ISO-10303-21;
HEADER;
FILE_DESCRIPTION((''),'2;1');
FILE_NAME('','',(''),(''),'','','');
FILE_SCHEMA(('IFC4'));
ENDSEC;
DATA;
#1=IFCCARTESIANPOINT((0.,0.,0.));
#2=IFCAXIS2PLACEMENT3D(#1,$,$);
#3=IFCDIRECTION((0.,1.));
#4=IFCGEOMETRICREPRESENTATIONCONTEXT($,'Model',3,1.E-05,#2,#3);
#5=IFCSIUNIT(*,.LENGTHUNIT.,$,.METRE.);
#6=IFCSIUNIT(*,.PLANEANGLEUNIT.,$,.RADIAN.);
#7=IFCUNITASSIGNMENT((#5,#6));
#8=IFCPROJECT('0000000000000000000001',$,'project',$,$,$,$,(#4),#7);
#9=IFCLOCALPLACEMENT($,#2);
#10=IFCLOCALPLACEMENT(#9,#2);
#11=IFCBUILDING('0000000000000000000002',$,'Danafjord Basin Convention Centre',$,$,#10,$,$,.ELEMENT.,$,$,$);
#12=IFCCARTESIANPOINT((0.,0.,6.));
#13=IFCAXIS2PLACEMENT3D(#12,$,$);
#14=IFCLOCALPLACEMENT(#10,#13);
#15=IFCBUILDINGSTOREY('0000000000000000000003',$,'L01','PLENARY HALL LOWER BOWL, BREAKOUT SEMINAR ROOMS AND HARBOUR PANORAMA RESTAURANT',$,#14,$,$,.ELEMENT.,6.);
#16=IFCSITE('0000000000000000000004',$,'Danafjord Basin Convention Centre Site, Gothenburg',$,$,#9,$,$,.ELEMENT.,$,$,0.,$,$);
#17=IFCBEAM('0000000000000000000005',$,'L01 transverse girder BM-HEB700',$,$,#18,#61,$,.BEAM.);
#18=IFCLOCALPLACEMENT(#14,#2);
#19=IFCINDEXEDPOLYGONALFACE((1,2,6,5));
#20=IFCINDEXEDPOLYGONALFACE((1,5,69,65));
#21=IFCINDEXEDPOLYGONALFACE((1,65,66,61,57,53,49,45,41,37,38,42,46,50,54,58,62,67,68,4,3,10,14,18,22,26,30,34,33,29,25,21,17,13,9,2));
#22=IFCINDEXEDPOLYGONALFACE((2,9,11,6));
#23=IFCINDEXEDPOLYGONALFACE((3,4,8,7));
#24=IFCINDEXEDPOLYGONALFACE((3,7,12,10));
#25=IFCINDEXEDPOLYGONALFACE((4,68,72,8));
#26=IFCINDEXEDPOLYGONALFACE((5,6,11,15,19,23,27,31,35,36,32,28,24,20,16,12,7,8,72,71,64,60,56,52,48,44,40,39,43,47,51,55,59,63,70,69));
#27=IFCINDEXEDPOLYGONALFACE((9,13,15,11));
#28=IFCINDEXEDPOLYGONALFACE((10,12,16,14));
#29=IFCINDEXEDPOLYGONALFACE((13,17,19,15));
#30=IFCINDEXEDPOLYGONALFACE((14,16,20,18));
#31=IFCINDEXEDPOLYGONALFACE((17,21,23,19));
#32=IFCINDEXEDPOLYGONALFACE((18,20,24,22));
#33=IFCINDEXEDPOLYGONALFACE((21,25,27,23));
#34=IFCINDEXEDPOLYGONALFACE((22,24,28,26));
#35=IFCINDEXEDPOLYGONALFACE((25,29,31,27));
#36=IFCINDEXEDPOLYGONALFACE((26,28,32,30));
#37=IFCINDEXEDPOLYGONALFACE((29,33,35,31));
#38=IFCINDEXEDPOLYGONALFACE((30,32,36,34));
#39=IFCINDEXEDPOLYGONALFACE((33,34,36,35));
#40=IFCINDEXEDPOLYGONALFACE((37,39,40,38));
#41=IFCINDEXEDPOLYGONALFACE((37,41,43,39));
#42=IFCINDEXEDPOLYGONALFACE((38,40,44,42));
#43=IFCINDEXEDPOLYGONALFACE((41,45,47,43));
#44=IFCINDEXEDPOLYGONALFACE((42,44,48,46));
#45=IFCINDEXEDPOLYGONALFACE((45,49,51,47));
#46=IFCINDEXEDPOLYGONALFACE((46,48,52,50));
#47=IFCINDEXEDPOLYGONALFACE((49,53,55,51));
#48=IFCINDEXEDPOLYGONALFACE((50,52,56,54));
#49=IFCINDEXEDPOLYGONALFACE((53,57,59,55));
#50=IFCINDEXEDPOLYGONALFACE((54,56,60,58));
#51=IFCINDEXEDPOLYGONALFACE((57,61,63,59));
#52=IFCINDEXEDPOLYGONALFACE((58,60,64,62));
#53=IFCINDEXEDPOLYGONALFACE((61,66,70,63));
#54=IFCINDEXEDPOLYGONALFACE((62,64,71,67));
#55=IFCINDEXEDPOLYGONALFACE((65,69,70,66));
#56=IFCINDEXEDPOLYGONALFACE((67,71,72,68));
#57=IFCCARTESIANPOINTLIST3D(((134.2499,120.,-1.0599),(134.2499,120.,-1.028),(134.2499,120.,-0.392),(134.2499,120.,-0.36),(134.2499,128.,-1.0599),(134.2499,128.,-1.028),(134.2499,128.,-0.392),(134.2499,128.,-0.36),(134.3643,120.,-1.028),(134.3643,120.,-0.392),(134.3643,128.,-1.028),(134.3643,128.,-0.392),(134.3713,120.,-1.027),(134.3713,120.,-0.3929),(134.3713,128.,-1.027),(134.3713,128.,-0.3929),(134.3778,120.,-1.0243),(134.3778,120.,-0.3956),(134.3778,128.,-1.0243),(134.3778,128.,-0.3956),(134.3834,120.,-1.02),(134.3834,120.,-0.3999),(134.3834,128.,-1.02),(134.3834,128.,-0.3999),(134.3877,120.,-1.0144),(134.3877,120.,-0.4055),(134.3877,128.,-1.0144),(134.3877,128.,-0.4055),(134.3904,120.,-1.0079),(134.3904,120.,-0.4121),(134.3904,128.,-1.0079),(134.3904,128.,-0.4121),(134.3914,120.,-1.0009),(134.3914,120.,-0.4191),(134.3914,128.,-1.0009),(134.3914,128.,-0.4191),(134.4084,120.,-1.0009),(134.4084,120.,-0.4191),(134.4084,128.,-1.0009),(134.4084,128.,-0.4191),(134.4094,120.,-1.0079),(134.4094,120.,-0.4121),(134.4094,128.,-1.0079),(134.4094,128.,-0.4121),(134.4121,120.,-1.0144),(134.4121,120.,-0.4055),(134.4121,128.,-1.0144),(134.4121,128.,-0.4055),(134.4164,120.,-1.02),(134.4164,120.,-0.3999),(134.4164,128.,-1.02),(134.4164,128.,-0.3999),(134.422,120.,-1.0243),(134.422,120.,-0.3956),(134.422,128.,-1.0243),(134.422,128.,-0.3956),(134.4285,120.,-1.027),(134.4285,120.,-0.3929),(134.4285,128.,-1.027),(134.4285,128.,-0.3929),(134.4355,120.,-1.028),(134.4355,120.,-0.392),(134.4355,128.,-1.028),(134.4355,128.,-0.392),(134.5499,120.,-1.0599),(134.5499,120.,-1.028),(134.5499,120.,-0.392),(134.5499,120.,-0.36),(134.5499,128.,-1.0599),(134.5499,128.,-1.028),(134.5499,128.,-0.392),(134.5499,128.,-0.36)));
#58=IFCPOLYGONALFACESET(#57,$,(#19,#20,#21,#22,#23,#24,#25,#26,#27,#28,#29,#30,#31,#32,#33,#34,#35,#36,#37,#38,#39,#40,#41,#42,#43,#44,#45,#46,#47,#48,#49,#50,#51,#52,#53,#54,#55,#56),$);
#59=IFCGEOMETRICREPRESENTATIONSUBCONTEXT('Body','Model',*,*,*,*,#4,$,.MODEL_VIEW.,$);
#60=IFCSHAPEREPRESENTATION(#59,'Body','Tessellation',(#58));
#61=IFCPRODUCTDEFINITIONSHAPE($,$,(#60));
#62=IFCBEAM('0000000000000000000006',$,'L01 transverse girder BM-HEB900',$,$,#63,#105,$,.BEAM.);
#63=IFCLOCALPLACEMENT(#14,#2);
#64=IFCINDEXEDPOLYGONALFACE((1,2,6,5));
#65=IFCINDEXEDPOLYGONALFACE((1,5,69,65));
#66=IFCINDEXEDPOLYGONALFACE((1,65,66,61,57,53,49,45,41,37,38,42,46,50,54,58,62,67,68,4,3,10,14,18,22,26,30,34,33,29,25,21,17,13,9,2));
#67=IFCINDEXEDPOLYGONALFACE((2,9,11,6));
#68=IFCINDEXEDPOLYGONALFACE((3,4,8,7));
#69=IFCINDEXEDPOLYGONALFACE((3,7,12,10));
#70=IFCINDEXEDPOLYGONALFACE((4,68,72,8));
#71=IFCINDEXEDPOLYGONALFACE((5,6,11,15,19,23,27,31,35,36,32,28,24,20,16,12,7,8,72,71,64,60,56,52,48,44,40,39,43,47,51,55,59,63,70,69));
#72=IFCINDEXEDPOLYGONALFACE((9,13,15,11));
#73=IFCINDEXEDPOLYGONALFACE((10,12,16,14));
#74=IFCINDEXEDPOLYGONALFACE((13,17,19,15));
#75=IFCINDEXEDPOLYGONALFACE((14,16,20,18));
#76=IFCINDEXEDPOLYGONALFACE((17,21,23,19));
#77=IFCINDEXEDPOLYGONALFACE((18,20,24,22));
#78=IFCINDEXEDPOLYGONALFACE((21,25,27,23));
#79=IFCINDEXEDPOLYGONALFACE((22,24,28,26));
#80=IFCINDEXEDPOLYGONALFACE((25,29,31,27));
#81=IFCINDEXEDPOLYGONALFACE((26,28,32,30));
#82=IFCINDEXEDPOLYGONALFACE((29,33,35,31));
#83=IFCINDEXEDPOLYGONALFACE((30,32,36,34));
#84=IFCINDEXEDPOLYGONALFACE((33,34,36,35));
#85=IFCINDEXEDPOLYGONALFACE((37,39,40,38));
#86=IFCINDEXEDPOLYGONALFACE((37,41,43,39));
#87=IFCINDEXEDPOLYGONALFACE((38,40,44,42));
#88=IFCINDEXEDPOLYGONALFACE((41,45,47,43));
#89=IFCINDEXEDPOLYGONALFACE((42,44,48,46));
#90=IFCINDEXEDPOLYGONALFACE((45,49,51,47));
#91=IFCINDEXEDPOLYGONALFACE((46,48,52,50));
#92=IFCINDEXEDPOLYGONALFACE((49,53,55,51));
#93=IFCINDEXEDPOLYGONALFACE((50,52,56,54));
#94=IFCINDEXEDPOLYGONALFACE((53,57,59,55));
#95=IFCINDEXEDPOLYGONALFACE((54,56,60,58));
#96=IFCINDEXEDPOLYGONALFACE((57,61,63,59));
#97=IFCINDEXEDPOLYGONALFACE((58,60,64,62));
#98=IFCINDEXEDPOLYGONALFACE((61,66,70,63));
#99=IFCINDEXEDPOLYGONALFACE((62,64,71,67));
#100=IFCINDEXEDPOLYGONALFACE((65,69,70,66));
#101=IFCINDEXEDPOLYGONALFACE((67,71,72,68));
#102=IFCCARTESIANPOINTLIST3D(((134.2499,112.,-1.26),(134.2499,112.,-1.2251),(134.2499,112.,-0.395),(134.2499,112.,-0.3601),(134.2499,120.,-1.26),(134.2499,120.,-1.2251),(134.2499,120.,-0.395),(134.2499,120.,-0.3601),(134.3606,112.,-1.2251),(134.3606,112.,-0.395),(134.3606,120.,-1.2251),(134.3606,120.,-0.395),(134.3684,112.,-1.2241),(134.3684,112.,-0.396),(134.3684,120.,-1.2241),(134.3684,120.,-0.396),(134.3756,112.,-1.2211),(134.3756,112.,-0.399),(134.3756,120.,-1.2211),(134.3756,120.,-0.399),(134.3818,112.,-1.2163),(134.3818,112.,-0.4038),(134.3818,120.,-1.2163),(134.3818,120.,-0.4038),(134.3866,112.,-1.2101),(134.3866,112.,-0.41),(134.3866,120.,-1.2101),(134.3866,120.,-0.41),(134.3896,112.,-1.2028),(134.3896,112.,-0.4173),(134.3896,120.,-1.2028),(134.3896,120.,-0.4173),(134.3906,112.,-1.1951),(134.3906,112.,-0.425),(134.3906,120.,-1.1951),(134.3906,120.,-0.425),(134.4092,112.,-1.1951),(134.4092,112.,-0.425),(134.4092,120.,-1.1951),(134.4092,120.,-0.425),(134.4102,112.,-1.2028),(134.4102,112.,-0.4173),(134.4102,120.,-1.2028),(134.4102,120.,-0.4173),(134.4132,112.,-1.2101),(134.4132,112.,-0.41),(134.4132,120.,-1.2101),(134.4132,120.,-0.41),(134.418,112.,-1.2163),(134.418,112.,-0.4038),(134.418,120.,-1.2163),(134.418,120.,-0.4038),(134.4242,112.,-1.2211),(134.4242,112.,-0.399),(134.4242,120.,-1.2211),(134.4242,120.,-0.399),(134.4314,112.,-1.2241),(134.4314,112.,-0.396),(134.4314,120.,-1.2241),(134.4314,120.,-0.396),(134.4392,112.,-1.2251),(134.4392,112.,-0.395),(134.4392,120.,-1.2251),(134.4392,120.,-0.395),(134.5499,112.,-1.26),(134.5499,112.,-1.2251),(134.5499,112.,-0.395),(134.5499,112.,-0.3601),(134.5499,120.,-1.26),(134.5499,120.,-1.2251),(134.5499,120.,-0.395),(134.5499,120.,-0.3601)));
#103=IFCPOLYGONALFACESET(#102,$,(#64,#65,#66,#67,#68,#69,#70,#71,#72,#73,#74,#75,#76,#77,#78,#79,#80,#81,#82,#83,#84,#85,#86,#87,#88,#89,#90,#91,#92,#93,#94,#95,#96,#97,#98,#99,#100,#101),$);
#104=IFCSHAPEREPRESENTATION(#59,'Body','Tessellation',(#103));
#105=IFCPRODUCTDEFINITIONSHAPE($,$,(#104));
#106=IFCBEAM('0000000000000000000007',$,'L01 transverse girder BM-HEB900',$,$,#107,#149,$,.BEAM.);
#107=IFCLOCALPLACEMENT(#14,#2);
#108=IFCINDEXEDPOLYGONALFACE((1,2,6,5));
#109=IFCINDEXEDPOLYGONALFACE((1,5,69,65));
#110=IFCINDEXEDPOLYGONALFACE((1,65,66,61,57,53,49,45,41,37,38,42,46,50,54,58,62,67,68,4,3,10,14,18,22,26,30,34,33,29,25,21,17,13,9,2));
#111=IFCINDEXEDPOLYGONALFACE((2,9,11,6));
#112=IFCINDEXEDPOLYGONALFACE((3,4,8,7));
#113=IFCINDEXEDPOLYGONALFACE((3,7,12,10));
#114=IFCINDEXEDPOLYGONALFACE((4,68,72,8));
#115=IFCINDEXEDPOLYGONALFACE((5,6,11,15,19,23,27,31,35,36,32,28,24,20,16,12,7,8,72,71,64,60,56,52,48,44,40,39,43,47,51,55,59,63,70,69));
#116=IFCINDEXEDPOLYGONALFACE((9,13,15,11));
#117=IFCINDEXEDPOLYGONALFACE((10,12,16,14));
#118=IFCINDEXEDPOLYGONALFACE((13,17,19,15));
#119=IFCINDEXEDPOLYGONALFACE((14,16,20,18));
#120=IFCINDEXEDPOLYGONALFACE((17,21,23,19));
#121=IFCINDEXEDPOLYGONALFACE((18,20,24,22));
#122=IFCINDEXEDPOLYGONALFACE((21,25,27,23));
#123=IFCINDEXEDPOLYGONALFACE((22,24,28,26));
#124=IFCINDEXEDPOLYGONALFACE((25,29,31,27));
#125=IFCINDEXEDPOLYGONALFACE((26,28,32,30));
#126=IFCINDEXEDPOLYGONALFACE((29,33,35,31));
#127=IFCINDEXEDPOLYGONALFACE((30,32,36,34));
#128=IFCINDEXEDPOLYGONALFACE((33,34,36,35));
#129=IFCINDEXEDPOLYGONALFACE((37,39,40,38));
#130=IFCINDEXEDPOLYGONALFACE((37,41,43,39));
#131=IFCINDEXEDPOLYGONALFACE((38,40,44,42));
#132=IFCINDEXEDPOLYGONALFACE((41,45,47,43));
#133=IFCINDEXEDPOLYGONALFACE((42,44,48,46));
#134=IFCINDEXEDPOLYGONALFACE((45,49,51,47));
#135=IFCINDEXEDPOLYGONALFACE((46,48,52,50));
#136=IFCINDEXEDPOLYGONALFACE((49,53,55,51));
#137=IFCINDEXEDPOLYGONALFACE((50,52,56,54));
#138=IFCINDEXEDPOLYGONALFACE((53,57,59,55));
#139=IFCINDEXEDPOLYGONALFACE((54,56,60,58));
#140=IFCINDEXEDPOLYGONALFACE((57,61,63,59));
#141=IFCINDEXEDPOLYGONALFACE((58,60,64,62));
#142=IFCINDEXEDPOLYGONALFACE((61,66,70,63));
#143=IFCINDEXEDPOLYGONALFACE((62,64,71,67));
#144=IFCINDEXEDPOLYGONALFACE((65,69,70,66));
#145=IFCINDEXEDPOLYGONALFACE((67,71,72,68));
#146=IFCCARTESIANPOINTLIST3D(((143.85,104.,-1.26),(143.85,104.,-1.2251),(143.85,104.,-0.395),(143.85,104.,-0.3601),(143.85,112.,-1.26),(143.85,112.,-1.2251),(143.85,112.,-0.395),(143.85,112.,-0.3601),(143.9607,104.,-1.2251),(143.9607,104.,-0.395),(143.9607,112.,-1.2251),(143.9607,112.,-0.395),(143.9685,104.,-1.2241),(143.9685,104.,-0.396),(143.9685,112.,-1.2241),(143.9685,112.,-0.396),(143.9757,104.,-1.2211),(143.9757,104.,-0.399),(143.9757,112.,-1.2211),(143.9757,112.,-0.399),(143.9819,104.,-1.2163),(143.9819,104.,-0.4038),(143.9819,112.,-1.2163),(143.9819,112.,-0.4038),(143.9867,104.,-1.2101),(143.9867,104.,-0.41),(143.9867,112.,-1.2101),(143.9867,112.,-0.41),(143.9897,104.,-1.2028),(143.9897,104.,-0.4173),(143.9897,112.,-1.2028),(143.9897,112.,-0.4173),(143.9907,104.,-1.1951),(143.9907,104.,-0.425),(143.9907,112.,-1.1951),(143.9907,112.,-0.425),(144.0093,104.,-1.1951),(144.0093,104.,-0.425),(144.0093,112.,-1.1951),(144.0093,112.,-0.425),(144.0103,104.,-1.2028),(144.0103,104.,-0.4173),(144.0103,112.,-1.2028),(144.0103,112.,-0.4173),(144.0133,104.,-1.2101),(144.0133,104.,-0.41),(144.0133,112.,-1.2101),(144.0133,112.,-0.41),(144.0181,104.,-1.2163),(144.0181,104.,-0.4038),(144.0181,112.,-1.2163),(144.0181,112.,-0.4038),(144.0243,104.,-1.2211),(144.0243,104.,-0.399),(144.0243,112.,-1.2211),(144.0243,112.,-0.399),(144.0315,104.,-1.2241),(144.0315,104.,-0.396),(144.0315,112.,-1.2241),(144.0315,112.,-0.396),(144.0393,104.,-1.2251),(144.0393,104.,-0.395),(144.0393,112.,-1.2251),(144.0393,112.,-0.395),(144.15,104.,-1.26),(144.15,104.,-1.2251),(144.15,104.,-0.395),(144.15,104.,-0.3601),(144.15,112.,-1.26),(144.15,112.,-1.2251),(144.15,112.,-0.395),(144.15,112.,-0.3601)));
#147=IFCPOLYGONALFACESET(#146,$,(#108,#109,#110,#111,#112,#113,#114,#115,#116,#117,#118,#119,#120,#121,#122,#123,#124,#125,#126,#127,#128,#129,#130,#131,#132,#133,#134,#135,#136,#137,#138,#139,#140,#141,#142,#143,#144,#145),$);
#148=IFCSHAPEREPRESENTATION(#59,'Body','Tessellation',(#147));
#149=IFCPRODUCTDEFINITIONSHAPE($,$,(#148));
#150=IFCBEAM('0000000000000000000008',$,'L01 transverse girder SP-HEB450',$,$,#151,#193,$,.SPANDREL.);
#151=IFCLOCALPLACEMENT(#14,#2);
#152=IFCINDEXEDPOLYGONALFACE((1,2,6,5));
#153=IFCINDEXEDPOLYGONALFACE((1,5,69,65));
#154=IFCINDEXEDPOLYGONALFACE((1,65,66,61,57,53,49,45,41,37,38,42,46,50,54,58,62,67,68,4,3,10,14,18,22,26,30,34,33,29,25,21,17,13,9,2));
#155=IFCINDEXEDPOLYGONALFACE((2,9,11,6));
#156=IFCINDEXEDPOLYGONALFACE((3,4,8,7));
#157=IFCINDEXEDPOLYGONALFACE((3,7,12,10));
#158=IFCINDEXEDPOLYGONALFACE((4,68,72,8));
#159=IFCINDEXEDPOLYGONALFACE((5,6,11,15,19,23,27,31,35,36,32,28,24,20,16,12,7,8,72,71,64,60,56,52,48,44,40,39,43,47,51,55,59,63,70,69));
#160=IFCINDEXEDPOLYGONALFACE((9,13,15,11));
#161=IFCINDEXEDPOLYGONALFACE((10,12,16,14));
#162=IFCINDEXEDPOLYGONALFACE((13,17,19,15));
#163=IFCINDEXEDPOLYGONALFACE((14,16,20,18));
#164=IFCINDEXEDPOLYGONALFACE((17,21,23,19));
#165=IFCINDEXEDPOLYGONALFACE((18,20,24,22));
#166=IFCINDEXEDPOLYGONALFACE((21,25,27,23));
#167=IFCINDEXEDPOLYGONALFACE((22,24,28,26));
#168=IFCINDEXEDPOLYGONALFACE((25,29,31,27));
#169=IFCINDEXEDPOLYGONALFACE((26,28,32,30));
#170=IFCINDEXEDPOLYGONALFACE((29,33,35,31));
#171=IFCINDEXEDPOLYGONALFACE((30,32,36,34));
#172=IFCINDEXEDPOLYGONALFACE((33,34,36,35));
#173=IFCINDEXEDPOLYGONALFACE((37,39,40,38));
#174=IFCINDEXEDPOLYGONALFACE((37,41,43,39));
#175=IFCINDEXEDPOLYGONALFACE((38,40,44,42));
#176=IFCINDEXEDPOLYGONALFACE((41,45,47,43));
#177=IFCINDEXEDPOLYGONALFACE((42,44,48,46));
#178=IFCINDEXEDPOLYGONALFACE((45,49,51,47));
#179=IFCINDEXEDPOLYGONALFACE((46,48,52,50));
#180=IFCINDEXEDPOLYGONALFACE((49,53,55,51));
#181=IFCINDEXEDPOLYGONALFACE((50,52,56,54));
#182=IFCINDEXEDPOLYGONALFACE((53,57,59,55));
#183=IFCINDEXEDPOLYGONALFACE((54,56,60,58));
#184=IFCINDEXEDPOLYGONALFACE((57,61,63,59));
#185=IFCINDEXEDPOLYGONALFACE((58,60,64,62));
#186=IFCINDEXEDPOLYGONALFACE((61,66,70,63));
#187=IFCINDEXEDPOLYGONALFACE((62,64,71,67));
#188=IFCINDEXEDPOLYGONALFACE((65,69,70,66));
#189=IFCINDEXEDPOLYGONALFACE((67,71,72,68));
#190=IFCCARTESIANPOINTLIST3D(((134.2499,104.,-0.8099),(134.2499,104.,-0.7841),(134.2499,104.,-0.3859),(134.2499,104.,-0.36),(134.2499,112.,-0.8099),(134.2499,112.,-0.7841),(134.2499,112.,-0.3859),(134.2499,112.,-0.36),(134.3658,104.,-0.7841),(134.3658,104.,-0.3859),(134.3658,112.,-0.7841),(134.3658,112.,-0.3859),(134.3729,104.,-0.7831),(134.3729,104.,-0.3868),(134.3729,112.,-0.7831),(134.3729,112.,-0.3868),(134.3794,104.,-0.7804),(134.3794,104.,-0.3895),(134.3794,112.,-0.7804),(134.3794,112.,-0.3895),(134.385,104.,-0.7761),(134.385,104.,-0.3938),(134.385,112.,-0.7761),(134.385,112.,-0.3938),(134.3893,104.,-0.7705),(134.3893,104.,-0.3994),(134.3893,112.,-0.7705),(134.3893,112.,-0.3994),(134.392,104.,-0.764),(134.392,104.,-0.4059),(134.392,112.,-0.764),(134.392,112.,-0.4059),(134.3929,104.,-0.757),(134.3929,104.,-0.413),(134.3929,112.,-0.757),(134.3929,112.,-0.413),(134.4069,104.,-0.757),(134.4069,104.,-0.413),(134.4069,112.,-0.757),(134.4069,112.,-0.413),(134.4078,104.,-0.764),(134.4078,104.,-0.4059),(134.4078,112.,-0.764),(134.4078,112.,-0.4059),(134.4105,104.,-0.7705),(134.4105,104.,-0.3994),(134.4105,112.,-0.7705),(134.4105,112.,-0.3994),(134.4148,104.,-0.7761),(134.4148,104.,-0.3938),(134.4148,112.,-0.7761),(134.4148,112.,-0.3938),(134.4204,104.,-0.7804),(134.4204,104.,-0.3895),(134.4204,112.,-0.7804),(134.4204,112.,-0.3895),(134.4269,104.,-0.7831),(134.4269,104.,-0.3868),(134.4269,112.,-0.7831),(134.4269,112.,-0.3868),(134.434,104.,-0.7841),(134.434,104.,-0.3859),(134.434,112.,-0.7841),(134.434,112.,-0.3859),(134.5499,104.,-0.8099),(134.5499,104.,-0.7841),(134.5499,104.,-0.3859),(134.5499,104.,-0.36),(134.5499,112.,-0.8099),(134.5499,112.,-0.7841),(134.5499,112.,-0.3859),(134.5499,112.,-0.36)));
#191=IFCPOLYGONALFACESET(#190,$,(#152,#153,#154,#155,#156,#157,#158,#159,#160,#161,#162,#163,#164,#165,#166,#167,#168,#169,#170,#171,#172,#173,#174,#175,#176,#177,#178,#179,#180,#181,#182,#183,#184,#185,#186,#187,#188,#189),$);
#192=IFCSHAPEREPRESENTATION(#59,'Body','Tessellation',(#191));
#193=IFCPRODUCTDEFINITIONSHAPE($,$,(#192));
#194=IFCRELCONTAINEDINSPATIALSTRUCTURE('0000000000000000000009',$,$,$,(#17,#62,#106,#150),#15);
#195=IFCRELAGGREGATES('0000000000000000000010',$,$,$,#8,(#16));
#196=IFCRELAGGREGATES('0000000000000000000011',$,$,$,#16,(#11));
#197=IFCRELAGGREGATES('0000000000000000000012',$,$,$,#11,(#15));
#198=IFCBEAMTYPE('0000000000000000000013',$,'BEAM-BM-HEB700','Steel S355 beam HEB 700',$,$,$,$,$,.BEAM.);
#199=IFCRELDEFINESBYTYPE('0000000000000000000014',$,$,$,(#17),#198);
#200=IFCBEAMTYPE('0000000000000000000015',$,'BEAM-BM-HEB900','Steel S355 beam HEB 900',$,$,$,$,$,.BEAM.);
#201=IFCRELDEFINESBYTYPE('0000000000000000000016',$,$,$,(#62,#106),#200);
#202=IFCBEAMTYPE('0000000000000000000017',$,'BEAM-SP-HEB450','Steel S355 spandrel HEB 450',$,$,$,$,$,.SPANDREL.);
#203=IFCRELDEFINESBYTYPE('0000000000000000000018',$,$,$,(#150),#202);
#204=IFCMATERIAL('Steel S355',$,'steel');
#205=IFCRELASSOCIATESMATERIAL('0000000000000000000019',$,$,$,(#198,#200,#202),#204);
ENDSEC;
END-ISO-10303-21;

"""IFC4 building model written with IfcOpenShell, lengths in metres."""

from ifc_helpers import new_model, si_unit, direction, frame, origin, origin_2d, place, context, subcontext, project, spatial, i_section, extrude, material, material_profile, profile_set, type_object, element, save


model = new_model("IFC4")

# Units and contexts
model_context = context("Model", 3, precision=1e-05, world=origin(), true_north=direction((0.0, 1.0)))
body_context = subcontext(model_context, "Body", "Model", "MODEL_VIEW")
ifc_project = project(units=[si_unit("LENGTHUNIT", "METRE"), si_unit("PLANEANGLEUNIT", "RADIAN")], contexts=[model_context])

# Site, building, storey
site_placement = place(None, origin())
site = spatial("IfcSite", under=ifc_project, at=site_placement, Name="Danafjord Basin Convention Centre Site, Gothenburg", CompositionType="ELEMENT", RefElevation=0.0)
building_placement = place(site_placement, origin())
building = spatial("IfcBuilding", under=site, at=building_placement, Name="Danafjord Basin Convention Centre", CompositionType="ELEMENT")
storey_placement = place(building_placement, frame((0.0, 0.0, 6.0)))
storey = spatial("IfcBuildingStorey", under=building, at=storey_placement, Name="L01", Description="PLENARY HALL LOWER BOWL, BREAKOUT SEMINAR ROOMS AND HARBOUR PANORAMA RESTAURANT", CompositionType="ELEMENT", Elevation=6.0)

# Shared definitions
ifc_material_1 = material(Name="Steel S355", Category="steel")

# Beams
ifc_material_profile_1 = material_profile(ifc_material_1, i_section(OverallWidth=0.3, OverallDepth=0.7, WebThickness=0.0171, FlangeThickness=0.032, FilletRadius=0.0271, at=origin_2d()), Name="HEB 700")
ifc_profile_set_1 = profile_set([ifc_material_profile_1], Name="Steel S355")
beam_type_1 = type_object("IfcBeamType", Name="BEAM-BM-HEB700", Description="Steel S355 beam HEB 700", PredefinedType="BEAM", material=ifc_profile_set_1)
beam_1_placement = place(storey_placement, frame((134.3999, 120.0, -0.71), z_axis=(0.0, 1.0, 0.0), x_axis=(-1.0, 0.0, 0.0)))
element("IfcBeam", 1, at=beam_1_placement, inside=storey, type_object=beam_type_1, Name="L01 transverse girder BM-HEB700", PredefinedType="BEAM", context=body_context, shape_type="SweptSolid", body=[
    extrude(i_section(OverallWidth=0.3, OverallDepth=0.7, WebThickness=0.0171, FlangeThickness=0.032, FilletRadius=0.0271, at=origin_2d()), origin(), (0.0, 0.0, 1.0), 8.0),
])
ifc_material_profile_2 = material_profile(ifc_material_1, i_section(OverallWidth=0.3, OverallDepth=0.8999, WebThickness=0.0186, FlangeThickness=0.0349, FilletRadius=0.03, at=origin_2d()), Name="HEB 900")
ifc_profile_set_2 = profile_set([ifc_material_profile_2], Name="Steel S355")
beam_type_2 = type_object("IfcBeamType", Name="BEAM-BM-HEB900", Description="Steel S355 beam HEB 900", PredefinedType="BEAM", material=ifc_profile_set_2)
for number, where, z_axis, x_axis, name in (
    (2, (134.3999, 112.0, -0.8101), (0.0, 1.0, 0.0), (-1.0, 0.0, 0.0), "L01 transverse girder BM-HEB900"),
    (3, (144.0, 104.0, -0.8101), (0.0, 1.0, 0.0), (-1.0, 0.0, 0.0), "L01 transverse girder BM-HEB900"),
):
    element("IfcBeam", number, at=place(storey_placement, frame(where, z_axis=z_axis, x_axis=x_axis)), inside=storey, type_object=beam_type_2, Name=name, PredefinedType="BEAM", context=body_context, shape_type="SweptSolid", body=[
        extrude(i_section(OverallWidth=0.3, OverallDepth=0.8999, WebThickness=0.0186, FlangeThickness=0.0349, FilletRadius=0.03, at=origin_2d()), origin(), (0.0, 0.0, 1.0), 8.0),
    ])
ifc_material_profile_3 = material_profile(ifc_material_1, i_section(OverallWidth=0.3, OverallDepth=0.45, WebThickness=0.0139, FlangeThickness=0.0259, FilletRadius=0.0271, at=origin_2d()), Name="HEB 450")
ifc_profile_set_3 = profile_set([ifc_material_profile_3], Name="Steel S355")
beam_type_3 = type_object("IfcBeamType", Name="BEAM-SP-HEB450", Description="Steel S355 spandrel HEB 450", PredefinedType="SPANDREL", material=ifc_profile_set_3)
beam_2_placement = place(storey_placement, frame((134.3999, 104.0, -0.585), z_axis=(0.0, 1.0, 0.0), x_axis=(-1.0, 0.0, 0.0)))
element("IfcBeam", 4, at=beam_2_placement, inside=storey, type_object=beam_type_3, Name="L01 transverse girder SP-HEB450", PredefinedType="SPANDREL", context=body_context, shape_type="SweptSolid", body=[
    extrude(i_section(OverallWidth=0.3, OverallDepth=0.45, WebThickness=0.0139, FlangeThickness=0.0259, FilletRadius=0.0271, at=origin_2d()), origin(), (0.0, 0.0, 1.0), 8.0),
])

save(model, "model.ifc")
